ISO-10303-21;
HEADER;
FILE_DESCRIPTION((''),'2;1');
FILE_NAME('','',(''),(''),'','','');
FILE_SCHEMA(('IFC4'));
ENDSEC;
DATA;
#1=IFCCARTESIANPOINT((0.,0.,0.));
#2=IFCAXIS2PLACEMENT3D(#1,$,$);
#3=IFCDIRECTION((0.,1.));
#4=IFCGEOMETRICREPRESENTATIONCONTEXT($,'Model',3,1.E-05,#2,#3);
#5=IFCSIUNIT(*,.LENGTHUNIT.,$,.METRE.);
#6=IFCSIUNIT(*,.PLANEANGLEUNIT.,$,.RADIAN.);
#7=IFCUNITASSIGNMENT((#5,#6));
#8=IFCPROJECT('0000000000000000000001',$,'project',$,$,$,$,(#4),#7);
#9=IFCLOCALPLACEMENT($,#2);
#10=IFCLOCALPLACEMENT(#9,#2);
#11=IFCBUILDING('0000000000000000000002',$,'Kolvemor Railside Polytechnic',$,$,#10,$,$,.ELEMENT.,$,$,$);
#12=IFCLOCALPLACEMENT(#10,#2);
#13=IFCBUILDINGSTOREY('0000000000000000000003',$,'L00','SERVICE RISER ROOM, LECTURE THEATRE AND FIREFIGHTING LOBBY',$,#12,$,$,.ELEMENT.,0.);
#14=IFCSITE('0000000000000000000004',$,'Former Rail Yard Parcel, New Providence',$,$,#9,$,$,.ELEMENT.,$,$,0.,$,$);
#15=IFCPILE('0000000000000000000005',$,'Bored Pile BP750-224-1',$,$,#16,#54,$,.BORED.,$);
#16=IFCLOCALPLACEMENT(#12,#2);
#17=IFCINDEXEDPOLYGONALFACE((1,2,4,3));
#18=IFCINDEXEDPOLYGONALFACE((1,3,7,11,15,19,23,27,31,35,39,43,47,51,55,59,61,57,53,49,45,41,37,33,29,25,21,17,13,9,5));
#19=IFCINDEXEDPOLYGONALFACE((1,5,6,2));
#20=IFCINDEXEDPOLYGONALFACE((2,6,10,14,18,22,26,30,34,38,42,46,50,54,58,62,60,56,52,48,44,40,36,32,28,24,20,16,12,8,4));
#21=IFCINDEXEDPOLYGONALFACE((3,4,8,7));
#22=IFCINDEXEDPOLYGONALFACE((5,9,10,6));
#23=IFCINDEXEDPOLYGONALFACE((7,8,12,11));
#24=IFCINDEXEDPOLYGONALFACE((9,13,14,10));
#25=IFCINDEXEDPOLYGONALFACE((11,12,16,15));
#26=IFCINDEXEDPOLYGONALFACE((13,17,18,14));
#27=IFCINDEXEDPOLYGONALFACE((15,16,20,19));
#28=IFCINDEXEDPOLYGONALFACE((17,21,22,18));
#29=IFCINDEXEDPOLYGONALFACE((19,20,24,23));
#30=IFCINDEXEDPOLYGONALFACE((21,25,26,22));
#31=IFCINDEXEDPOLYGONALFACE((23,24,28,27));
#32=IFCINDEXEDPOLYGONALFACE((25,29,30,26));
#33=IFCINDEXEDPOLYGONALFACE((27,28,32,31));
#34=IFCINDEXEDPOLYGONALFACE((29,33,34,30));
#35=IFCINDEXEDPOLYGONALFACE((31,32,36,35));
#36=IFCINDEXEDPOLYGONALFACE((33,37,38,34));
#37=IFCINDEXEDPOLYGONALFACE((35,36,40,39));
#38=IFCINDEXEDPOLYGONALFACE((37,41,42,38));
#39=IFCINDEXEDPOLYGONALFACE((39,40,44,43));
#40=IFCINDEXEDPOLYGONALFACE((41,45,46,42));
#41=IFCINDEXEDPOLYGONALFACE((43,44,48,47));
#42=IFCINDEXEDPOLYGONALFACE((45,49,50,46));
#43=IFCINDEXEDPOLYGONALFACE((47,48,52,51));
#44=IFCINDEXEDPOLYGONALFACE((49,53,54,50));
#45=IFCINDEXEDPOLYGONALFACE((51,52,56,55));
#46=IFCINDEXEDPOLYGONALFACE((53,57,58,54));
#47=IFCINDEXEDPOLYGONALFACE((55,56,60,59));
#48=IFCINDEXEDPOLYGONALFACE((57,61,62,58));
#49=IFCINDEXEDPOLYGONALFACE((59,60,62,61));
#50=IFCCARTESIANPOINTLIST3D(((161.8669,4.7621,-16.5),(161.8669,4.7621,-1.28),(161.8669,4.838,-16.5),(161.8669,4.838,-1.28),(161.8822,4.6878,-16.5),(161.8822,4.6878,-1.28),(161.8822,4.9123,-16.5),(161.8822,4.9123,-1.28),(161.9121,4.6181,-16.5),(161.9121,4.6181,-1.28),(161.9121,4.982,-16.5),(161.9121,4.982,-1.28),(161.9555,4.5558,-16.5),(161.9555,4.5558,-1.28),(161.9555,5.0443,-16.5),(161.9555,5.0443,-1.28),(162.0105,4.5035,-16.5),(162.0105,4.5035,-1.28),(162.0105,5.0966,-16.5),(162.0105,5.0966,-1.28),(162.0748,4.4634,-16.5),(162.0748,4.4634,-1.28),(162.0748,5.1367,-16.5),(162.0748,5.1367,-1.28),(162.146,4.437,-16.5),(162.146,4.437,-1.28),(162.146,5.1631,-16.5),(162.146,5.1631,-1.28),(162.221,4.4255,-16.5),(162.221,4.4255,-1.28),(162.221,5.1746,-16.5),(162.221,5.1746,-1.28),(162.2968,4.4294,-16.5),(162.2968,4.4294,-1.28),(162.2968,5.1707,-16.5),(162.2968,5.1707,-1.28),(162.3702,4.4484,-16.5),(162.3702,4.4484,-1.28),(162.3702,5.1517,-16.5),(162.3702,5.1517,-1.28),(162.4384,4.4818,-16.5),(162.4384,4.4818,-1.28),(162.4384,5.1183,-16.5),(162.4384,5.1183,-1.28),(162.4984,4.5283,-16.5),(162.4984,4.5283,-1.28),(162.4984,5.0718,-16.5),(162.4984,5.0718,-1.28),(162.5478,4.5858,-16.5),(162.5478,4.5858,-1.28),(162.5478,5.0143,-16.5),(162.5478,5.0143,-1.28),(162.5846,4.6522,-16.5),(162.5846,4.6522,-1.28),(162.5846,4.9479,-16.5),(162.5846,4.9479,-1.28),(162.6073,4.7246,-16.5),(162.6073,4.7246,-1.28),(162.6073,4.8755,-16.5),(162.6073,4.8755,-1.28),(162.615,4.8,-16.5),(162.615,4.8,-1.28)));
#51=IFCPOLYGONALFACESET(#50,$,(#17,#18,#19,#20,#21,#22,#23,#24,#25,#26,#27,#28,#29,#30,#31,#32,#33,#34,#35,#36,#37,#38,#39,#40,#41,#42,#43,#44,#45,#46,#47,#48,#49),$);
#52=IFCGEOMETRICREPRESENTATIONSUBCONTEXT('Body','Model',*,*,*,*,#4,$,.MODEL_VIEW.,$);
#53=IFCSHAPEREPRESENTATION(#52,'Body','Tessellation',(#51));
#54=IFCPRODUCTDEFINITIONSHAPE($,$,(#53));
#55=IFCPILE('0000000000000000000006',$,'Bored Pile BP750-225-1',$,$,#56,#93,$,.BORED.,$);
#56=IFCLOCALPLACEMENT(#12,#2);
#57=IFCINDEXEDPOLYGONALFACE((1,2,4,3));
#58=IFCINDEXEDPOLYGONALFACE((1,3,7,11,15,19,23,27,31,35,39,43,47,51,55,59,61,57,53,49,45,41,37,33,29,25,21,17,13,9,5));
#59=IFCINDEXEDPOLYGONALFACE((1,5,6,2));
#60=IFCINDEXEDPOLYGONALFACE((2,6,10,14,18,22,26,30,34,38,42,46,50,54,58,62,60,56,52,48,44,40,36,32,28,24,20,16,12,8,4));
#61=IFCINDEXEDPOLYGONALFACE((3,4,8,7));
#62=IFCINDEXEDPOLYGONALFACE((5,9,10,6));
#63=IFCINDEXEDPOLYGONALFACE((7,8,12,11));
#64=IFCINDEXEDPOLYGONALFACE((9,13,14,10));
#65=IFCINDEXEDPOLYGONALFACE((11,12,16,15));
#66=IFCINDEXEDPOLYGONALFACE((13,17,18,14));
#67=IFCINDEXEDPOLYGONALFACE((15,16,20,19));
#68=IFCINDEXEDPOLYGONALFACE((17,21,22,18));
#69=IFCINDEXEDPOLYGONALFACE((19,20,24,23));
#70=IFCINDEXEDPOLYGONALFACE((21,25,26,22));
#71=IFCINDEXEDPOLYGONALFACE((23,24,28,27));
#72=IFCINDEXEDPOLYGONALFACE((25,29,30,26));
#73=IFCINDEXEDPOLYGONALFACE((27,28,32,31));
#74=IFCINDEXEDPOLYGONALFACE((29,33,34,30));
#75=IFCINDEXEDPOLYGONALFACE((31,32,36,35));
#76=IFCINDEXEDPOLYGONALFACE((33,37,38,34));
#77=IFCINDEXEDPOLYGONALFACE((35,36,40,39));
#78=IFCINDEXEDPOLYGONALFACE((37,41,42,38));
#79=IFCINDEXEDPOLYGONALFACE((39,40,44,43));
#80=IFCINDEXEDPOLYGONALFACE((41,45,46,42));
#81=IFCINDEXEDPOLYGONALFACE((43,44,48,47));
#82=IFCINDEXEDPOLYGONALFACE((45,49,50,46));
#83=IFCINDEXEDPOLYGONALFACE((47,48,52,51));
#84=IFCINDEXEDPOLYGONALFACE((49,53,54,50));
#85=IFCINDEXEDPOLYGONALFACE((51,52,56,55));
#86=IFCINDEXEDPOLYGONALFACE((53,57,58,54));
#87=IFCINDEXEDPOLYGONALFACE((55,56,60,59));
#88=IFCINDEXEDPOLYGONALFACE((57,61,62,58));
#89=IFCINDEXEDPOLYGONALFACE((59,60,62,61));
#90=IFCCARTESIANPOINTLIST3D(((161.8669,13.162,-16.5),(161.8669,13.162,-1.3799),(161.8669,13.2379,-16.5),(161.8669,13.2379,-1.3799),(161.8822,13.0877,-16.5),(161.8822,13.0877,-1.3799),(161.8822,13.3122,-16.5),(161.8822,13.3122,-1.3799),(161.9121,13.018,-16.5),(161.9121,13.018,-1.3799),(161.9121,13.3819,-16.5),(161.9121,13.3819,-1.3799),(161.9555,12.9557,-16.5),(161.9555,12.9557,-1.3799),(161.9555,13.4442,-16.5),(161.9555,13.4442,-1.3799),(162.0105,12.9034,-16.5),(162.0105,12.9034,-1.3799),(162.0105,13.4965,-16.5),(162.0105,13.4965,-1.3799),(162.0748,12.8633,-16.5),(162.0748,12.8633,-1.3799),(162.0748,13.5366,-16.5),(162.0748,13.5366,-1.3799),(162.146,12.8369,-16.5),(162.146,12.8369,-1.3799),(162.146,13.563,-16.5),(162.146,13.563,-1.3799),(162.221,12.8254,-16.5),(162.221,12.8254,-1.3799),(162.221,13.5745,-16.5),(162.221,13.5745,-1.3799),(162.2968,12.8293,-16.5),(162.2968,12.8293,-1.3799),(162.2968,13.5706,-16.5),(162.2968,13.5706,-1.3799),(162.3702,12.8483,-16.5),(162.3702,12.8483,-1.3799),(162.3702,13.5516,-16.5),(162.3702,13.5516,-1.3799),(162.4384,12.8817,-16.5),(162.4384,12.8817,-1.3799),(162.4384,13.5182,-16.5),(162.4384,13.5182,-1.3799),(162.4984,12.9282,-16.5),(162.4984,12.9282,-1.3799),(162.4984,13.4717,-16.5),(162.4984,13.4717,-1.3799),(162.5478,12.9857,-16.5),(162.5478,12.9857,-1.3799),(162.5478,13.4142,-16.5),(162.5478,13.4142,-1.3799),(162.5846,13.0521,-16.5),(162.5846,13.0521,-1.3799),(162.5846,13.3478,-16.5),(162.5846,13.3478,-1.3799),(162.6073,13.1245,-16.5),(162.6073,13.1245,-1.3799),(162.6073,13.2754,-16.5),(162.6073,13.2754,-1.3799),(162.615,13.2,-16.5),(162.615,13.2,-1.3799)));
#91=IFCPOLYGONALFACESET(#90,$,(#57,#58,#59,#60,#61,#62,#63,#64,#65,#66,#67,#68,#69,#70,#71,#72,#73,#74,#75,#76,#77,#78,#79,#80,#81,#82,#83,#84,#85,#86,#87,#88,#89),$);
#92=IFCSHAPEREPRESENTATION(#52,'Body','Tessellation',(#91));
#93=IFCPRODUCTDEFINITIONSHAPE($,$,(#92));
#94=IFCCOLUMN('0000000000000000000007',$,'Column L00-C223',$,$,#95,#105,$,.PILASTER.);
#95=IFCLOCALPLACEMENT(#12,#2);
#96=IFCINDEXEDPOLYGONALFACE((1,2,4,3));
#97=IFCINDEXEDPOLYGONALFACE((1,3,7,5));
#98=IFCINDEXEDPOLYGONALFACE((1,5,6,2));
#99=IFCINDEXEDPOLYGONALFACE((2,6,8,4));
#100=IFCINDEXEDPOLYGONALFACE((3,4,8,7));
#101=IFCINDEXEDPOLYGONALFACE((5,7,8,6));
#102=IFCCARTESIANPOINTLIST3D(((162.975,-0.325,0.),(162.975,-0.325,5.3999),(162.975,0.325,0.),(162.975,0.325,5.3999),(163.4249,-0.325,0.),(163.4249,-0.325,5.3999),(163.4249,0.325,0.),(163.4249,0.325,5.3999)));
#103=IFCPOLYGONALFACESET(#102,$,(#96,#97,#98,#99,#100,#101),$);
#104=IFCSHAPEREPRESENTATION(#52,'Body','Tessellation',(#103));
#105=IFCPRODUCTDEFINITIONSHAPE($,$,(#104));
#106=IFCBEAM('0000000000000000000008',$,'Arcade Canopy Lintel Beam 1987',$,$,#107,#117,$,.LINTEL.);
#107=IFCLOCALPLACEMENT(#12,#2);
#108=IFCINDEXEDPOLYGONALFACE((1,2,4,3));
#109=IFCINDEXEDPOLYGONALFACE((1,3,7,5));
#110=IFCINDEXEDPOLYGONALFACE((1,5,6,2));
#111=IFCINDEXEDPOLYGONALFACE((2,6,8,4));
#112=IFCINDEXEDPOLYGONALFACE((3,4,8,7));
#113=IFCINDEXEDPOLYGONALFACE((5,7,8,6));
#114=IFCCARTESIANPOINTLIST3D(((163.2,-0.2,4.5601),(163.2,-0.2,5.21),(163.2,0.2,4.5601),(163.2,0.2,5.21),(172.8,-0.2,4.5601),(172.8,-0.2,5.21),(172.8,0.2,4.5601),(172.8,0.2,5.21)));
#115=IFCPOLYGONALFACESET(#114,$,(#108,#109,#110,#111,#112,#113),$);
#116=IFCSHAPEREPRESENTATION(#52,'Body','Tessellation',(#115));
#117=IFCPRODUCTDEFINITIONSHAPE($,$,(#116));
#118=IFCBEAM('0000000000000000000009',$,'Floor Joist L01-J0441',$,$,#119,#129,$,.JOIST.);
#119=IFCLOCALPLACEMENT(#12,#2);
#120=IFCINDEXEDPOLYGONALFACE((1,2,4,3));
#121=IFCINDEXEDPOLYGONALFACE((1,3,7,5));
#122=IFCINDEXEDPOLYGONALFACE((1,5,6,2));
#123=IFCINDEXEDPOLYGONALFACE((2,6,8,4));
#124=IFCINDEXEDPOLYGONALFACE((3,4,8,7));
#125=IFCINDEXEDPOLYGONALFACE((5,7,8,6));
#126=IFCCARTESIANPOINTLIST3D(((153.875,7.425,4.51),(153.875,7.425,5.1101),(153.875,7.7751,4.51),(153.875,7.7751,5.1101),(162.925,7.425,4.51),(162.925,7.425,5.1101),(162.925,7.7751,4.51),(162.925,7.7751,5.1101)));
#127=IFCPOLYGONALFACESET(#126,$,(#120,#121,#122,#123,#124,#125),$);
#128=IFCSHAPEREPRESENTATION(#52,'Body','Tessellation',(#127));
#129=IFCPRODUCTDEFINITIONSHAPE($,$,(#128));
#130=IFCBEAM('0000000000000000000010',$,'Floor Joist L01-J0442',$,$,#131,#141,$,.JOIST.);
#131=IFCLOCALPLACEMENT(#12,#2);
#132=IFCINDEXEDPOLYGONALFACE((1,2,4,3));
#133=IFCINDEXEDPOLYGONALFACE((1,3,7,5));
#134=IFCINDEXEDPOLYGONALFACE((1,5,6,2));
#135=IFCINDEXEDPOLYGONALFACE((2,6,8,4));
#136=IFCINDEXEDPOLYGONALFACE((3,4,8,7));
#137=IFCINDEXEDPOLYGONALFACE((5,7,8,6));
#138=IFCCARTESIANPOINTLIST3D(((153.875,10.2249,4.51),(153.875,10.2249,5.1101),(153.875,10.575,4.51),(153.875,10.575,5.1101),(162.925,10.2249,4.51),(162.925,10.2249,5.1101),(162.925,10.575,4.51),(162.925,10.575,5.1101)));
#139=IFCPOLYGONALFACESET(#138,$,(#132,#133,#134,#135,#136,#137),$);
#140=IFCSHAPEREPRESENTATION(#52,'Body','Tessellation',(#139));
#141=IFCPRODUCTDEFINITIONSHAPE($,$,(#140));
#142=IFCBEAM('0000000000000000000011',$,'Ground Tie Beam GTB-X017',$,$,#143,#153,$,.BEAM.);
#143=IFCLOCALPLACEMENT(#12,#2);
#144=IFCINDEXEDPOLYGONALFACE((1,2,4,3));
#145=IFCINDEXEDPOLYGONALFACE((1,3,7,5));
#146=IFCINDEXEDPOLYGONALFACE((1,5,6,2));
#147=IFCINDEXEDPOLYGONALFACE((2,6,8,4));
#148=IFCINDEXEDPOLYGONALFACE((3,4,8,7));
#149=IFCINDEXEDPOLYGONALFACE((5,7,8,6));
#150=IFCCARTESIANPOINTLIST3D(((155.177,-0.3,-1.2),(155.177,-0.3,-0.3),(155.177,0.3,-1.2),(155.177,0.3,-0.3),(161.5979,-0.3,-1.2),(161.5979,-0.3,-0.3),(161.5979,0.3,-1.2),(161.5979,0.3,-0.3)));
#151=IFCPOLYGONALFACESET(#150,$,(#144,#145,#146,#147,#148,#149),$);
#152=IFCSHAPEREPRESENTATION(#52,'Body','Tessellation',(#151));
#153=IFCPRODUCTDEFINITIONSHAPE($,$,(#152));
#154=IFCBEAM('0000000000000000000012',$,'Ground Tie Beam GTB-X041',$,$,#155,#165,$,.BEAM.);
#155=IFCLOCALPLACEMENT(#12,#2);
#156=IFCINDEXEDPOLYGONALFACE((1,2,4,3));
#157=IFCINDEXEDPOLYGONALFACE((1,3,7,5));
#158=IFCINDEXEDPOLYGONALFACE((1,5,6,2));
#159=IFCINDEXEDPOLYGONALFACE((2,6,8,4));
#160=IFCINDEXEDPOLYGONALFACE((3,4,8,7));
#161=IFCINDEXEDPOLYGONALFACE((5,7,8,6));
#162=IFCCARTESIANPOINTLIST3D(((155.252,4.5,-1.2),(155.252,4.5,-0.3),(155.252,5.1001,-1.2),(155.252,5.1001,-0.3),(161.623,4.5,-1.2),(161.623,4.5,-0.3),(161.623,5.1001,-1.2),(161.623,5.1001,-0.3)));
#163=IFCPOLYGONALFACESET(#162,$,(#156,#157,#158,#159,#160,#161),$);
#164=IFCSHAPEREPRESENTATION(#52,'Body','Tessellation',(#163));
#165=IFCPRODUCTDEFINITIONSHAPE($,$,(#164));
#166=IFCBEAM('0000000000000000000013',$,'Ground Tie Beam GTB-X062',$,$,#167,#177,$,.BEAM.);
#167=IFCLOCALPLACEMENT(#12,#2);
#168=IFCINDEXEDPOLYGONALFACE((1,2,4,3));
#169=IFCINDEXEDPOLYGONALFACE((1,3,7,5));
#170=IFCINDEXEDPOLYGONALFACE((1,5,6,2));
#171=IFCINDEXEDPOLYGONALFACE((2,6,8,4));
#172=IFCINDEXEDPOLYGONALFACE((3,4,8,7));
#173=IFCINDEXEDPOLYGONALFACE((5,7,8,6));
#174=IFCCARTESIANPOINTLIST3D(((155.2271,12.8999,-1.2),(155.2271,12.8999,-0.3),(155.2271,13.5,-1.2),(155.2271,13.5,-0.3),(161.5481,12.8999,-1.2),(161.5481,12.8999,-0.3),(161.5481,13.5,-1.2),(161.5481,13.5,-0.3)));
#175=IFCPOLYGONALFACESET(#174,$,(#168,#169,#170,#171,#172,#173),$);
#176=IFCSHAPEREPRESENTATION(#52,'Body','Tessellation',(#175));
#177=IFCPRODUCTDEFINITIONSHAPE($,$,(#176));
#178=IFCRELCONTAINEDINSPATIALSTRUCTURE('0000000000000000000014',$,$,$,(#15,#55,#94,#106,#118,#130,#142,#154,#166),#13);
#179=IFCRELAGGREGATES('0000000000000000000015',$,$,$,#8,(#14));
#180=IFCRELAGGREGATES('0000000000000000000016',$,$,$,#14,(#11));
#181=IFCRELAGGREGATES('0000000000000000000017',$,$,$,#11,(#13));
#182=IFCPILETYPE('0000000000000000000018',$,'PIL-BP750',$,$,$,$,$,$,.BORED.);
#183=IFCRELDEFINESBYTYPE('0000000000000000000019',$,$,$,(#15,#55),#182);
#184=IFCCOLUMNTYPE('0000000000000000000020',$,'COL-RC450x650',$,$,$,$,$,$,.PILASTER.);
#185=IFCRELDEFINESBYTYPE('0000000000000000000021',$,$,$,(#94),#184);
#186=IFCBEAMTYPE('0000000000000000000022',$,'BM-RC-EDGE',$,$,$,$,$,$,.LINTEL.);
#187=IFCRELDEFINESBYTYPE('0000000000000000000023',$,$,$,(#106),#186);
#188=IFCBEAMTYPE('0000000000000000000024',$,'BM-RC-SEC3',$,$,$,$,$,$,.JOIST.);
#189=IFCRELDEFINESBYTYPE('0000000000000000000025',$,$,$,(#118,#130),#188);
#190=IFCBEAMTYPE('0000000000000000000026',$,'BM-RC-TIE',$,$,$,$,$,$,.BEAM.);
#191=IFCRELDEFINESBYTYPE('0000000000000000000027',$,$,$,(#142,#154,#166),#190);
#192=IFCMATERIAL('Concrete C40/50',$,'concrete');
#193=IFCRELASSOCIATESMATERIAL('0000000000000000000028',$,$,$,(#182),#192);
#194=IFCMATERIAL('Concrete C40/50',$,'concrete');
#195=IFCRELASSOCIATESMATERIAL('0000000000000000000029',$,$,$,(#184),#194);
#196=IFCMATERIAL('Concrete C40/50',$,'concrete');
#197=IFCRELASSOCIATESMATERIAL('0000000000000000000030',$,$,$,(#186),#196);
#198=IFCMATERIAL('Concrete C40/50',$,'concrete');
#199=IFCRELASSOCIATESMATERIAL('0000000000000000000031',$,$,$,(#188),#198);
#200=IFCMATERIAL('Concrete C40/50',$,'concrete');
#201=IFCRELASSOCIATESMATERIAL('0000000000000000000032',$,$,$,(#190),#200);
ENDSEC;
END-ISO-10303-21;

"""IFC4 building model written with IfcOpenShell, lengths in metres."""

from ifc_helpers import new_model, si_unit, direction, frame, origin, origin_2d, place, context, subcontext, project, spatial, rectangle, circle, extrude, material, material_profile, profile_set, type_object, element, save


model = new_model("IFC4")

# Units and contexts
model_context = context("Model", 3, precision=1e-05, world=origin(), true_north=direction((0.0, 1.0)))
body_context = subcontext(model_context, "Body", "Model", "MODEL_VIEW")
ifc_project = project(units=[si_unit("LENGTHUNIT", "METRE"), si_unit("PLANEANGLEUNIT", "RADIAN")], contexts=[model_context])

# Site, building, storey
site_placement = place(None, origin())
site = spatial("IfcSite", under=ifc_project, at=site_placement, Name="Former Rail Yard Parcel, New Providence", CompositionType="ELEMENT", RefElevation=0.0)
building_placement = place(site_placement, origin())
building = spatial("IfcBuilding", under=site, at=building_placement, Name="Kolvemor Railside Polytechnic", CompositionType="ELEMENT")
storey_placement = place(building_placement, origin())
storey = spatial("IfcBuildingStorey", under=building, at=storey_placement, Name="L00", Description="SERVICE RISER ROOM, LECTURE THEATRE AND FIREFIGHTING LOBBY", CompositionType="ELEMENT", Elevation=0.0)

# Piles
ifc_material_1 = material(Name="Concrete C40/50", Category="concrete")
ifc_material_profile_1 = material_profile(ifc_material_1, circle(Radius=0.375, at=origin_2d()), Name="BP750")
ifc_profile_set_1 = profile_set([ifc_material_profile_1], Name="Concrete C40/50")
pile_type = type_object("IfcPileType", Name="PIL-BP750", PredefinedType="BORED", material=ifc_profile_set_1)
pile_1_placement = place(storey_placement, frame((162.24, 4.8, -1.28), z_axis=(0.0, 0.0, -1.0), x_axis=(1.0, 0.0, 0.0)))
element("IfcPile", 1, at=pile_1_placement, inside=storey, type_object=pile_type, Name="Bored Pile BP750-224-1", PredefinedType="BORED", context=body_context, shape_type="SweptSolid", body=[
    extrude(circle(Radius=0.375, at=origin_2d()), origin(), (0.0, 0.0, 1.0), 15.22),
])
pile_2_placement = place(storey_placement, frame((162.24, 13.2, -1.3799), z_axis=(0.0, 0.0, -1.0), x_axis=(1.0, 0.0, 0.0)))
element("IfcPile", 2, at=pile_2_placement, inside=storey, type_object=pile_type, Name="Bored Pile BP750-225-1", PredefinedType="BORED", context=body_context, shape_type="SweptSolid", body=[
    extrude(circle(Radius=0.375, at=origin_2d()), origin(), (0.0, 0.0, 1.0), 15.1201),
])

# Column
ifc_material_2 = material(Name="Concrete C40/50", Category="concrete")
ifc_material_profile_2 = material_profile(ifc_material_2, rectangle(XDim=0.45, YDim=0.6499, at=origin_2d()), Name="RC450x650")
ifc_profile_set_2 = profile_set([ifc_material_profile_2], Name="Concrete C40/50")
column_type = type_object("IfcColumnType", Name="COL-RC450x650", PredefinedType="PILASTER", material=ifc_profile_set_2)
column_placement = place(storey_placement, frame((163.2, 0.0, 0.0), z_axis=(0.0, 0.0, 1.0), x_axis=(1.0, 0.0, 0.0)))
element("IfcColumn", 3, at=column_placement, inside=storey, type_object=column_type, Name="Column L00-C223", PredefinedType="PILASTER", context=body_context, shape_type="SweptSolid", body=[
    extrude(rectangle(XDim=0.45, YDim=0.6499, at=origin_2d()), origin(), (0.0, 0.0, 1.0), 5.3999),
])

# Beams
ifc_material_3 = material(Name="Concrete C40/50", Category="concrete")
ifc_material_profile_3 = material_profile(ifc_material_3, rectangle(XDim=0.3999, YDim=0.6499, at=origin_2d()), Name="RC400x650")
ifc_profile_set_3 = profile_set([ifc_material_profile_3], Name="Concrete C40/50")
beam_type_1 = type_object("IfcBeamType", Name="BM-RC-EDGE", PredefinedType="LINTEL", material=ifc_profile_set_3)
beam_1_placement = place(storey_placement, frame((163.2, 0.0, 4.885), z_axis=(1.0, 0.0, 0.0), x_axis=(0.0, 1.0, 0.0)))
element("IfcBeam", 4, at=beam_1_placement, inside=storey, type_object=beam_type_1, Name="Arcade Canopy Lintel Beam 1987", PredefinedType="LINTEL", context=body_context, shape_type="SweptSolid", body=[
    extrude(rectangle(XDim=0.3999, YDim=0.6499, at=origin_2d()), origin(), (0.0, 0.0, 1.0), 9.6001),
])
ifc_material_4 = material(Name="Concrete C40/50", Category="concrete")
ifc_material_profile_4 = material_profile(ifc_material_4, rectangle(XDim=0.3501, YDim=0.6001, at=origin_2d()), Name="RC350x600")
ifc_profile_set_4 = profile_set([ifc_material_profile_4], Name="Concrete C40/50")
beam_type_2 = type_object("IfcBeamType", Name="BM-RC-SEC3", PredefinedType="JOIST", material=ifc_profile_set_4)
for number, where, z_axis, x_axis, name in (
    (5, (153.875, 7.6001, 4.8101), (1.0, 0.0, 0.0), (0.0, 1.0, 0.0), "Floor Joist L01-J0441"),
    (6, (153.875, 10.3999, 4.8101), (1.0, 0.0, 0.0), (0.0, 1.0, 0.0), "Floor Joist L01-J0442"),
):
    element("IfcBeam", number, at=place(storey_placement, frame(where, z_axis=z_axis, x_axis=x_axis)), inside=storey, type_object=beam_type_2, Name=name, PredefinedType="JOIST", context=body_context, shape_type="SweptSolid", body=[
        extrude(rectangle(XDim=0.3501, YDim=0.6001, at=origin_2d()), origin(), (0.0, 0.0, 1.0), 9.05),
    ])
ifc_material_5 = material(Name="Concrete C40/50", Category="concrete")
ifc_material_profile_5 = material_profile(ifc_material_5, rectangle(XDim=0.6001, YDim=0.8999, at=origin_2d()), Name="RC600x900")
ifc_profile_set_5 = profile_set([ifc_material_profile_5], Name="Concrete C40/50")
beam_type_3 = type_object("IfcBeamType", Name="BM-RC-TIE", PredefinedType="BEAM", material=ifc_profile_set_5)
beam_2_placement = place(storey_placement, frame((155.177, 0.0, -0.75), z_axis=(1.0, 0.0, 0.0), x_axis=(0.0, 1.0, 0.0)))
element("IfcBeam", 7, at=beam_2_placement, inside=storey, type_object=beam_type_3, Name="Ground Tie Beam GTB-X017", PredefinedType="BEAM", context=body_context, shape_type="SweptSolid", body=[
    extrude(rectangle(XDim=0.6001, YDim=0.8999, at=origin_2d()), origin(), (0.0, 0.0, 1.0), 6.4209),
])
beam_3_placement = place(storey_placement, frame((155.252, 4.8, -0.75), z_axis=(1.0, 0.0, 0.0), x_axis=(0.0, 1.0, 0.0)))
element("IfcBeam", 8, at=beam_3_placement, inside=storey, type_object=beam_type_3, Name="Ground Tie Beam GTB-X041", PredefinedType="BEAM", context=body_context, shape_type="SweptSolid", body=[
    extrude(rectangle(XDim=0.6001, YDim=0.8999, at=origin_2d()), origin(), (0.0, 0.0, 1.0), 6.3711),
])
beam_4_placement = place(storey_placement, frame((155.2271, 13.2, -0.75), z_axis=(1.0, 0.0, 0.0), x_axis=(0.0, 1.0, 0.0)))
element("IfcBeam", 9, at=beam_4_placement, inside=storey, type_object=beam_type_3, Name="Ground Tie Beam GTB-X062", PredefinedType="BEAM", context=body_context, shape_type="SweptSolid", body=[
    extrude(rectangle(XDim=0.6001, YDim=0.8999, at=origin_2d()), origin(), (0.0, 0.0, 1.0), 6.321),
])

save(model, "model.ifc")
